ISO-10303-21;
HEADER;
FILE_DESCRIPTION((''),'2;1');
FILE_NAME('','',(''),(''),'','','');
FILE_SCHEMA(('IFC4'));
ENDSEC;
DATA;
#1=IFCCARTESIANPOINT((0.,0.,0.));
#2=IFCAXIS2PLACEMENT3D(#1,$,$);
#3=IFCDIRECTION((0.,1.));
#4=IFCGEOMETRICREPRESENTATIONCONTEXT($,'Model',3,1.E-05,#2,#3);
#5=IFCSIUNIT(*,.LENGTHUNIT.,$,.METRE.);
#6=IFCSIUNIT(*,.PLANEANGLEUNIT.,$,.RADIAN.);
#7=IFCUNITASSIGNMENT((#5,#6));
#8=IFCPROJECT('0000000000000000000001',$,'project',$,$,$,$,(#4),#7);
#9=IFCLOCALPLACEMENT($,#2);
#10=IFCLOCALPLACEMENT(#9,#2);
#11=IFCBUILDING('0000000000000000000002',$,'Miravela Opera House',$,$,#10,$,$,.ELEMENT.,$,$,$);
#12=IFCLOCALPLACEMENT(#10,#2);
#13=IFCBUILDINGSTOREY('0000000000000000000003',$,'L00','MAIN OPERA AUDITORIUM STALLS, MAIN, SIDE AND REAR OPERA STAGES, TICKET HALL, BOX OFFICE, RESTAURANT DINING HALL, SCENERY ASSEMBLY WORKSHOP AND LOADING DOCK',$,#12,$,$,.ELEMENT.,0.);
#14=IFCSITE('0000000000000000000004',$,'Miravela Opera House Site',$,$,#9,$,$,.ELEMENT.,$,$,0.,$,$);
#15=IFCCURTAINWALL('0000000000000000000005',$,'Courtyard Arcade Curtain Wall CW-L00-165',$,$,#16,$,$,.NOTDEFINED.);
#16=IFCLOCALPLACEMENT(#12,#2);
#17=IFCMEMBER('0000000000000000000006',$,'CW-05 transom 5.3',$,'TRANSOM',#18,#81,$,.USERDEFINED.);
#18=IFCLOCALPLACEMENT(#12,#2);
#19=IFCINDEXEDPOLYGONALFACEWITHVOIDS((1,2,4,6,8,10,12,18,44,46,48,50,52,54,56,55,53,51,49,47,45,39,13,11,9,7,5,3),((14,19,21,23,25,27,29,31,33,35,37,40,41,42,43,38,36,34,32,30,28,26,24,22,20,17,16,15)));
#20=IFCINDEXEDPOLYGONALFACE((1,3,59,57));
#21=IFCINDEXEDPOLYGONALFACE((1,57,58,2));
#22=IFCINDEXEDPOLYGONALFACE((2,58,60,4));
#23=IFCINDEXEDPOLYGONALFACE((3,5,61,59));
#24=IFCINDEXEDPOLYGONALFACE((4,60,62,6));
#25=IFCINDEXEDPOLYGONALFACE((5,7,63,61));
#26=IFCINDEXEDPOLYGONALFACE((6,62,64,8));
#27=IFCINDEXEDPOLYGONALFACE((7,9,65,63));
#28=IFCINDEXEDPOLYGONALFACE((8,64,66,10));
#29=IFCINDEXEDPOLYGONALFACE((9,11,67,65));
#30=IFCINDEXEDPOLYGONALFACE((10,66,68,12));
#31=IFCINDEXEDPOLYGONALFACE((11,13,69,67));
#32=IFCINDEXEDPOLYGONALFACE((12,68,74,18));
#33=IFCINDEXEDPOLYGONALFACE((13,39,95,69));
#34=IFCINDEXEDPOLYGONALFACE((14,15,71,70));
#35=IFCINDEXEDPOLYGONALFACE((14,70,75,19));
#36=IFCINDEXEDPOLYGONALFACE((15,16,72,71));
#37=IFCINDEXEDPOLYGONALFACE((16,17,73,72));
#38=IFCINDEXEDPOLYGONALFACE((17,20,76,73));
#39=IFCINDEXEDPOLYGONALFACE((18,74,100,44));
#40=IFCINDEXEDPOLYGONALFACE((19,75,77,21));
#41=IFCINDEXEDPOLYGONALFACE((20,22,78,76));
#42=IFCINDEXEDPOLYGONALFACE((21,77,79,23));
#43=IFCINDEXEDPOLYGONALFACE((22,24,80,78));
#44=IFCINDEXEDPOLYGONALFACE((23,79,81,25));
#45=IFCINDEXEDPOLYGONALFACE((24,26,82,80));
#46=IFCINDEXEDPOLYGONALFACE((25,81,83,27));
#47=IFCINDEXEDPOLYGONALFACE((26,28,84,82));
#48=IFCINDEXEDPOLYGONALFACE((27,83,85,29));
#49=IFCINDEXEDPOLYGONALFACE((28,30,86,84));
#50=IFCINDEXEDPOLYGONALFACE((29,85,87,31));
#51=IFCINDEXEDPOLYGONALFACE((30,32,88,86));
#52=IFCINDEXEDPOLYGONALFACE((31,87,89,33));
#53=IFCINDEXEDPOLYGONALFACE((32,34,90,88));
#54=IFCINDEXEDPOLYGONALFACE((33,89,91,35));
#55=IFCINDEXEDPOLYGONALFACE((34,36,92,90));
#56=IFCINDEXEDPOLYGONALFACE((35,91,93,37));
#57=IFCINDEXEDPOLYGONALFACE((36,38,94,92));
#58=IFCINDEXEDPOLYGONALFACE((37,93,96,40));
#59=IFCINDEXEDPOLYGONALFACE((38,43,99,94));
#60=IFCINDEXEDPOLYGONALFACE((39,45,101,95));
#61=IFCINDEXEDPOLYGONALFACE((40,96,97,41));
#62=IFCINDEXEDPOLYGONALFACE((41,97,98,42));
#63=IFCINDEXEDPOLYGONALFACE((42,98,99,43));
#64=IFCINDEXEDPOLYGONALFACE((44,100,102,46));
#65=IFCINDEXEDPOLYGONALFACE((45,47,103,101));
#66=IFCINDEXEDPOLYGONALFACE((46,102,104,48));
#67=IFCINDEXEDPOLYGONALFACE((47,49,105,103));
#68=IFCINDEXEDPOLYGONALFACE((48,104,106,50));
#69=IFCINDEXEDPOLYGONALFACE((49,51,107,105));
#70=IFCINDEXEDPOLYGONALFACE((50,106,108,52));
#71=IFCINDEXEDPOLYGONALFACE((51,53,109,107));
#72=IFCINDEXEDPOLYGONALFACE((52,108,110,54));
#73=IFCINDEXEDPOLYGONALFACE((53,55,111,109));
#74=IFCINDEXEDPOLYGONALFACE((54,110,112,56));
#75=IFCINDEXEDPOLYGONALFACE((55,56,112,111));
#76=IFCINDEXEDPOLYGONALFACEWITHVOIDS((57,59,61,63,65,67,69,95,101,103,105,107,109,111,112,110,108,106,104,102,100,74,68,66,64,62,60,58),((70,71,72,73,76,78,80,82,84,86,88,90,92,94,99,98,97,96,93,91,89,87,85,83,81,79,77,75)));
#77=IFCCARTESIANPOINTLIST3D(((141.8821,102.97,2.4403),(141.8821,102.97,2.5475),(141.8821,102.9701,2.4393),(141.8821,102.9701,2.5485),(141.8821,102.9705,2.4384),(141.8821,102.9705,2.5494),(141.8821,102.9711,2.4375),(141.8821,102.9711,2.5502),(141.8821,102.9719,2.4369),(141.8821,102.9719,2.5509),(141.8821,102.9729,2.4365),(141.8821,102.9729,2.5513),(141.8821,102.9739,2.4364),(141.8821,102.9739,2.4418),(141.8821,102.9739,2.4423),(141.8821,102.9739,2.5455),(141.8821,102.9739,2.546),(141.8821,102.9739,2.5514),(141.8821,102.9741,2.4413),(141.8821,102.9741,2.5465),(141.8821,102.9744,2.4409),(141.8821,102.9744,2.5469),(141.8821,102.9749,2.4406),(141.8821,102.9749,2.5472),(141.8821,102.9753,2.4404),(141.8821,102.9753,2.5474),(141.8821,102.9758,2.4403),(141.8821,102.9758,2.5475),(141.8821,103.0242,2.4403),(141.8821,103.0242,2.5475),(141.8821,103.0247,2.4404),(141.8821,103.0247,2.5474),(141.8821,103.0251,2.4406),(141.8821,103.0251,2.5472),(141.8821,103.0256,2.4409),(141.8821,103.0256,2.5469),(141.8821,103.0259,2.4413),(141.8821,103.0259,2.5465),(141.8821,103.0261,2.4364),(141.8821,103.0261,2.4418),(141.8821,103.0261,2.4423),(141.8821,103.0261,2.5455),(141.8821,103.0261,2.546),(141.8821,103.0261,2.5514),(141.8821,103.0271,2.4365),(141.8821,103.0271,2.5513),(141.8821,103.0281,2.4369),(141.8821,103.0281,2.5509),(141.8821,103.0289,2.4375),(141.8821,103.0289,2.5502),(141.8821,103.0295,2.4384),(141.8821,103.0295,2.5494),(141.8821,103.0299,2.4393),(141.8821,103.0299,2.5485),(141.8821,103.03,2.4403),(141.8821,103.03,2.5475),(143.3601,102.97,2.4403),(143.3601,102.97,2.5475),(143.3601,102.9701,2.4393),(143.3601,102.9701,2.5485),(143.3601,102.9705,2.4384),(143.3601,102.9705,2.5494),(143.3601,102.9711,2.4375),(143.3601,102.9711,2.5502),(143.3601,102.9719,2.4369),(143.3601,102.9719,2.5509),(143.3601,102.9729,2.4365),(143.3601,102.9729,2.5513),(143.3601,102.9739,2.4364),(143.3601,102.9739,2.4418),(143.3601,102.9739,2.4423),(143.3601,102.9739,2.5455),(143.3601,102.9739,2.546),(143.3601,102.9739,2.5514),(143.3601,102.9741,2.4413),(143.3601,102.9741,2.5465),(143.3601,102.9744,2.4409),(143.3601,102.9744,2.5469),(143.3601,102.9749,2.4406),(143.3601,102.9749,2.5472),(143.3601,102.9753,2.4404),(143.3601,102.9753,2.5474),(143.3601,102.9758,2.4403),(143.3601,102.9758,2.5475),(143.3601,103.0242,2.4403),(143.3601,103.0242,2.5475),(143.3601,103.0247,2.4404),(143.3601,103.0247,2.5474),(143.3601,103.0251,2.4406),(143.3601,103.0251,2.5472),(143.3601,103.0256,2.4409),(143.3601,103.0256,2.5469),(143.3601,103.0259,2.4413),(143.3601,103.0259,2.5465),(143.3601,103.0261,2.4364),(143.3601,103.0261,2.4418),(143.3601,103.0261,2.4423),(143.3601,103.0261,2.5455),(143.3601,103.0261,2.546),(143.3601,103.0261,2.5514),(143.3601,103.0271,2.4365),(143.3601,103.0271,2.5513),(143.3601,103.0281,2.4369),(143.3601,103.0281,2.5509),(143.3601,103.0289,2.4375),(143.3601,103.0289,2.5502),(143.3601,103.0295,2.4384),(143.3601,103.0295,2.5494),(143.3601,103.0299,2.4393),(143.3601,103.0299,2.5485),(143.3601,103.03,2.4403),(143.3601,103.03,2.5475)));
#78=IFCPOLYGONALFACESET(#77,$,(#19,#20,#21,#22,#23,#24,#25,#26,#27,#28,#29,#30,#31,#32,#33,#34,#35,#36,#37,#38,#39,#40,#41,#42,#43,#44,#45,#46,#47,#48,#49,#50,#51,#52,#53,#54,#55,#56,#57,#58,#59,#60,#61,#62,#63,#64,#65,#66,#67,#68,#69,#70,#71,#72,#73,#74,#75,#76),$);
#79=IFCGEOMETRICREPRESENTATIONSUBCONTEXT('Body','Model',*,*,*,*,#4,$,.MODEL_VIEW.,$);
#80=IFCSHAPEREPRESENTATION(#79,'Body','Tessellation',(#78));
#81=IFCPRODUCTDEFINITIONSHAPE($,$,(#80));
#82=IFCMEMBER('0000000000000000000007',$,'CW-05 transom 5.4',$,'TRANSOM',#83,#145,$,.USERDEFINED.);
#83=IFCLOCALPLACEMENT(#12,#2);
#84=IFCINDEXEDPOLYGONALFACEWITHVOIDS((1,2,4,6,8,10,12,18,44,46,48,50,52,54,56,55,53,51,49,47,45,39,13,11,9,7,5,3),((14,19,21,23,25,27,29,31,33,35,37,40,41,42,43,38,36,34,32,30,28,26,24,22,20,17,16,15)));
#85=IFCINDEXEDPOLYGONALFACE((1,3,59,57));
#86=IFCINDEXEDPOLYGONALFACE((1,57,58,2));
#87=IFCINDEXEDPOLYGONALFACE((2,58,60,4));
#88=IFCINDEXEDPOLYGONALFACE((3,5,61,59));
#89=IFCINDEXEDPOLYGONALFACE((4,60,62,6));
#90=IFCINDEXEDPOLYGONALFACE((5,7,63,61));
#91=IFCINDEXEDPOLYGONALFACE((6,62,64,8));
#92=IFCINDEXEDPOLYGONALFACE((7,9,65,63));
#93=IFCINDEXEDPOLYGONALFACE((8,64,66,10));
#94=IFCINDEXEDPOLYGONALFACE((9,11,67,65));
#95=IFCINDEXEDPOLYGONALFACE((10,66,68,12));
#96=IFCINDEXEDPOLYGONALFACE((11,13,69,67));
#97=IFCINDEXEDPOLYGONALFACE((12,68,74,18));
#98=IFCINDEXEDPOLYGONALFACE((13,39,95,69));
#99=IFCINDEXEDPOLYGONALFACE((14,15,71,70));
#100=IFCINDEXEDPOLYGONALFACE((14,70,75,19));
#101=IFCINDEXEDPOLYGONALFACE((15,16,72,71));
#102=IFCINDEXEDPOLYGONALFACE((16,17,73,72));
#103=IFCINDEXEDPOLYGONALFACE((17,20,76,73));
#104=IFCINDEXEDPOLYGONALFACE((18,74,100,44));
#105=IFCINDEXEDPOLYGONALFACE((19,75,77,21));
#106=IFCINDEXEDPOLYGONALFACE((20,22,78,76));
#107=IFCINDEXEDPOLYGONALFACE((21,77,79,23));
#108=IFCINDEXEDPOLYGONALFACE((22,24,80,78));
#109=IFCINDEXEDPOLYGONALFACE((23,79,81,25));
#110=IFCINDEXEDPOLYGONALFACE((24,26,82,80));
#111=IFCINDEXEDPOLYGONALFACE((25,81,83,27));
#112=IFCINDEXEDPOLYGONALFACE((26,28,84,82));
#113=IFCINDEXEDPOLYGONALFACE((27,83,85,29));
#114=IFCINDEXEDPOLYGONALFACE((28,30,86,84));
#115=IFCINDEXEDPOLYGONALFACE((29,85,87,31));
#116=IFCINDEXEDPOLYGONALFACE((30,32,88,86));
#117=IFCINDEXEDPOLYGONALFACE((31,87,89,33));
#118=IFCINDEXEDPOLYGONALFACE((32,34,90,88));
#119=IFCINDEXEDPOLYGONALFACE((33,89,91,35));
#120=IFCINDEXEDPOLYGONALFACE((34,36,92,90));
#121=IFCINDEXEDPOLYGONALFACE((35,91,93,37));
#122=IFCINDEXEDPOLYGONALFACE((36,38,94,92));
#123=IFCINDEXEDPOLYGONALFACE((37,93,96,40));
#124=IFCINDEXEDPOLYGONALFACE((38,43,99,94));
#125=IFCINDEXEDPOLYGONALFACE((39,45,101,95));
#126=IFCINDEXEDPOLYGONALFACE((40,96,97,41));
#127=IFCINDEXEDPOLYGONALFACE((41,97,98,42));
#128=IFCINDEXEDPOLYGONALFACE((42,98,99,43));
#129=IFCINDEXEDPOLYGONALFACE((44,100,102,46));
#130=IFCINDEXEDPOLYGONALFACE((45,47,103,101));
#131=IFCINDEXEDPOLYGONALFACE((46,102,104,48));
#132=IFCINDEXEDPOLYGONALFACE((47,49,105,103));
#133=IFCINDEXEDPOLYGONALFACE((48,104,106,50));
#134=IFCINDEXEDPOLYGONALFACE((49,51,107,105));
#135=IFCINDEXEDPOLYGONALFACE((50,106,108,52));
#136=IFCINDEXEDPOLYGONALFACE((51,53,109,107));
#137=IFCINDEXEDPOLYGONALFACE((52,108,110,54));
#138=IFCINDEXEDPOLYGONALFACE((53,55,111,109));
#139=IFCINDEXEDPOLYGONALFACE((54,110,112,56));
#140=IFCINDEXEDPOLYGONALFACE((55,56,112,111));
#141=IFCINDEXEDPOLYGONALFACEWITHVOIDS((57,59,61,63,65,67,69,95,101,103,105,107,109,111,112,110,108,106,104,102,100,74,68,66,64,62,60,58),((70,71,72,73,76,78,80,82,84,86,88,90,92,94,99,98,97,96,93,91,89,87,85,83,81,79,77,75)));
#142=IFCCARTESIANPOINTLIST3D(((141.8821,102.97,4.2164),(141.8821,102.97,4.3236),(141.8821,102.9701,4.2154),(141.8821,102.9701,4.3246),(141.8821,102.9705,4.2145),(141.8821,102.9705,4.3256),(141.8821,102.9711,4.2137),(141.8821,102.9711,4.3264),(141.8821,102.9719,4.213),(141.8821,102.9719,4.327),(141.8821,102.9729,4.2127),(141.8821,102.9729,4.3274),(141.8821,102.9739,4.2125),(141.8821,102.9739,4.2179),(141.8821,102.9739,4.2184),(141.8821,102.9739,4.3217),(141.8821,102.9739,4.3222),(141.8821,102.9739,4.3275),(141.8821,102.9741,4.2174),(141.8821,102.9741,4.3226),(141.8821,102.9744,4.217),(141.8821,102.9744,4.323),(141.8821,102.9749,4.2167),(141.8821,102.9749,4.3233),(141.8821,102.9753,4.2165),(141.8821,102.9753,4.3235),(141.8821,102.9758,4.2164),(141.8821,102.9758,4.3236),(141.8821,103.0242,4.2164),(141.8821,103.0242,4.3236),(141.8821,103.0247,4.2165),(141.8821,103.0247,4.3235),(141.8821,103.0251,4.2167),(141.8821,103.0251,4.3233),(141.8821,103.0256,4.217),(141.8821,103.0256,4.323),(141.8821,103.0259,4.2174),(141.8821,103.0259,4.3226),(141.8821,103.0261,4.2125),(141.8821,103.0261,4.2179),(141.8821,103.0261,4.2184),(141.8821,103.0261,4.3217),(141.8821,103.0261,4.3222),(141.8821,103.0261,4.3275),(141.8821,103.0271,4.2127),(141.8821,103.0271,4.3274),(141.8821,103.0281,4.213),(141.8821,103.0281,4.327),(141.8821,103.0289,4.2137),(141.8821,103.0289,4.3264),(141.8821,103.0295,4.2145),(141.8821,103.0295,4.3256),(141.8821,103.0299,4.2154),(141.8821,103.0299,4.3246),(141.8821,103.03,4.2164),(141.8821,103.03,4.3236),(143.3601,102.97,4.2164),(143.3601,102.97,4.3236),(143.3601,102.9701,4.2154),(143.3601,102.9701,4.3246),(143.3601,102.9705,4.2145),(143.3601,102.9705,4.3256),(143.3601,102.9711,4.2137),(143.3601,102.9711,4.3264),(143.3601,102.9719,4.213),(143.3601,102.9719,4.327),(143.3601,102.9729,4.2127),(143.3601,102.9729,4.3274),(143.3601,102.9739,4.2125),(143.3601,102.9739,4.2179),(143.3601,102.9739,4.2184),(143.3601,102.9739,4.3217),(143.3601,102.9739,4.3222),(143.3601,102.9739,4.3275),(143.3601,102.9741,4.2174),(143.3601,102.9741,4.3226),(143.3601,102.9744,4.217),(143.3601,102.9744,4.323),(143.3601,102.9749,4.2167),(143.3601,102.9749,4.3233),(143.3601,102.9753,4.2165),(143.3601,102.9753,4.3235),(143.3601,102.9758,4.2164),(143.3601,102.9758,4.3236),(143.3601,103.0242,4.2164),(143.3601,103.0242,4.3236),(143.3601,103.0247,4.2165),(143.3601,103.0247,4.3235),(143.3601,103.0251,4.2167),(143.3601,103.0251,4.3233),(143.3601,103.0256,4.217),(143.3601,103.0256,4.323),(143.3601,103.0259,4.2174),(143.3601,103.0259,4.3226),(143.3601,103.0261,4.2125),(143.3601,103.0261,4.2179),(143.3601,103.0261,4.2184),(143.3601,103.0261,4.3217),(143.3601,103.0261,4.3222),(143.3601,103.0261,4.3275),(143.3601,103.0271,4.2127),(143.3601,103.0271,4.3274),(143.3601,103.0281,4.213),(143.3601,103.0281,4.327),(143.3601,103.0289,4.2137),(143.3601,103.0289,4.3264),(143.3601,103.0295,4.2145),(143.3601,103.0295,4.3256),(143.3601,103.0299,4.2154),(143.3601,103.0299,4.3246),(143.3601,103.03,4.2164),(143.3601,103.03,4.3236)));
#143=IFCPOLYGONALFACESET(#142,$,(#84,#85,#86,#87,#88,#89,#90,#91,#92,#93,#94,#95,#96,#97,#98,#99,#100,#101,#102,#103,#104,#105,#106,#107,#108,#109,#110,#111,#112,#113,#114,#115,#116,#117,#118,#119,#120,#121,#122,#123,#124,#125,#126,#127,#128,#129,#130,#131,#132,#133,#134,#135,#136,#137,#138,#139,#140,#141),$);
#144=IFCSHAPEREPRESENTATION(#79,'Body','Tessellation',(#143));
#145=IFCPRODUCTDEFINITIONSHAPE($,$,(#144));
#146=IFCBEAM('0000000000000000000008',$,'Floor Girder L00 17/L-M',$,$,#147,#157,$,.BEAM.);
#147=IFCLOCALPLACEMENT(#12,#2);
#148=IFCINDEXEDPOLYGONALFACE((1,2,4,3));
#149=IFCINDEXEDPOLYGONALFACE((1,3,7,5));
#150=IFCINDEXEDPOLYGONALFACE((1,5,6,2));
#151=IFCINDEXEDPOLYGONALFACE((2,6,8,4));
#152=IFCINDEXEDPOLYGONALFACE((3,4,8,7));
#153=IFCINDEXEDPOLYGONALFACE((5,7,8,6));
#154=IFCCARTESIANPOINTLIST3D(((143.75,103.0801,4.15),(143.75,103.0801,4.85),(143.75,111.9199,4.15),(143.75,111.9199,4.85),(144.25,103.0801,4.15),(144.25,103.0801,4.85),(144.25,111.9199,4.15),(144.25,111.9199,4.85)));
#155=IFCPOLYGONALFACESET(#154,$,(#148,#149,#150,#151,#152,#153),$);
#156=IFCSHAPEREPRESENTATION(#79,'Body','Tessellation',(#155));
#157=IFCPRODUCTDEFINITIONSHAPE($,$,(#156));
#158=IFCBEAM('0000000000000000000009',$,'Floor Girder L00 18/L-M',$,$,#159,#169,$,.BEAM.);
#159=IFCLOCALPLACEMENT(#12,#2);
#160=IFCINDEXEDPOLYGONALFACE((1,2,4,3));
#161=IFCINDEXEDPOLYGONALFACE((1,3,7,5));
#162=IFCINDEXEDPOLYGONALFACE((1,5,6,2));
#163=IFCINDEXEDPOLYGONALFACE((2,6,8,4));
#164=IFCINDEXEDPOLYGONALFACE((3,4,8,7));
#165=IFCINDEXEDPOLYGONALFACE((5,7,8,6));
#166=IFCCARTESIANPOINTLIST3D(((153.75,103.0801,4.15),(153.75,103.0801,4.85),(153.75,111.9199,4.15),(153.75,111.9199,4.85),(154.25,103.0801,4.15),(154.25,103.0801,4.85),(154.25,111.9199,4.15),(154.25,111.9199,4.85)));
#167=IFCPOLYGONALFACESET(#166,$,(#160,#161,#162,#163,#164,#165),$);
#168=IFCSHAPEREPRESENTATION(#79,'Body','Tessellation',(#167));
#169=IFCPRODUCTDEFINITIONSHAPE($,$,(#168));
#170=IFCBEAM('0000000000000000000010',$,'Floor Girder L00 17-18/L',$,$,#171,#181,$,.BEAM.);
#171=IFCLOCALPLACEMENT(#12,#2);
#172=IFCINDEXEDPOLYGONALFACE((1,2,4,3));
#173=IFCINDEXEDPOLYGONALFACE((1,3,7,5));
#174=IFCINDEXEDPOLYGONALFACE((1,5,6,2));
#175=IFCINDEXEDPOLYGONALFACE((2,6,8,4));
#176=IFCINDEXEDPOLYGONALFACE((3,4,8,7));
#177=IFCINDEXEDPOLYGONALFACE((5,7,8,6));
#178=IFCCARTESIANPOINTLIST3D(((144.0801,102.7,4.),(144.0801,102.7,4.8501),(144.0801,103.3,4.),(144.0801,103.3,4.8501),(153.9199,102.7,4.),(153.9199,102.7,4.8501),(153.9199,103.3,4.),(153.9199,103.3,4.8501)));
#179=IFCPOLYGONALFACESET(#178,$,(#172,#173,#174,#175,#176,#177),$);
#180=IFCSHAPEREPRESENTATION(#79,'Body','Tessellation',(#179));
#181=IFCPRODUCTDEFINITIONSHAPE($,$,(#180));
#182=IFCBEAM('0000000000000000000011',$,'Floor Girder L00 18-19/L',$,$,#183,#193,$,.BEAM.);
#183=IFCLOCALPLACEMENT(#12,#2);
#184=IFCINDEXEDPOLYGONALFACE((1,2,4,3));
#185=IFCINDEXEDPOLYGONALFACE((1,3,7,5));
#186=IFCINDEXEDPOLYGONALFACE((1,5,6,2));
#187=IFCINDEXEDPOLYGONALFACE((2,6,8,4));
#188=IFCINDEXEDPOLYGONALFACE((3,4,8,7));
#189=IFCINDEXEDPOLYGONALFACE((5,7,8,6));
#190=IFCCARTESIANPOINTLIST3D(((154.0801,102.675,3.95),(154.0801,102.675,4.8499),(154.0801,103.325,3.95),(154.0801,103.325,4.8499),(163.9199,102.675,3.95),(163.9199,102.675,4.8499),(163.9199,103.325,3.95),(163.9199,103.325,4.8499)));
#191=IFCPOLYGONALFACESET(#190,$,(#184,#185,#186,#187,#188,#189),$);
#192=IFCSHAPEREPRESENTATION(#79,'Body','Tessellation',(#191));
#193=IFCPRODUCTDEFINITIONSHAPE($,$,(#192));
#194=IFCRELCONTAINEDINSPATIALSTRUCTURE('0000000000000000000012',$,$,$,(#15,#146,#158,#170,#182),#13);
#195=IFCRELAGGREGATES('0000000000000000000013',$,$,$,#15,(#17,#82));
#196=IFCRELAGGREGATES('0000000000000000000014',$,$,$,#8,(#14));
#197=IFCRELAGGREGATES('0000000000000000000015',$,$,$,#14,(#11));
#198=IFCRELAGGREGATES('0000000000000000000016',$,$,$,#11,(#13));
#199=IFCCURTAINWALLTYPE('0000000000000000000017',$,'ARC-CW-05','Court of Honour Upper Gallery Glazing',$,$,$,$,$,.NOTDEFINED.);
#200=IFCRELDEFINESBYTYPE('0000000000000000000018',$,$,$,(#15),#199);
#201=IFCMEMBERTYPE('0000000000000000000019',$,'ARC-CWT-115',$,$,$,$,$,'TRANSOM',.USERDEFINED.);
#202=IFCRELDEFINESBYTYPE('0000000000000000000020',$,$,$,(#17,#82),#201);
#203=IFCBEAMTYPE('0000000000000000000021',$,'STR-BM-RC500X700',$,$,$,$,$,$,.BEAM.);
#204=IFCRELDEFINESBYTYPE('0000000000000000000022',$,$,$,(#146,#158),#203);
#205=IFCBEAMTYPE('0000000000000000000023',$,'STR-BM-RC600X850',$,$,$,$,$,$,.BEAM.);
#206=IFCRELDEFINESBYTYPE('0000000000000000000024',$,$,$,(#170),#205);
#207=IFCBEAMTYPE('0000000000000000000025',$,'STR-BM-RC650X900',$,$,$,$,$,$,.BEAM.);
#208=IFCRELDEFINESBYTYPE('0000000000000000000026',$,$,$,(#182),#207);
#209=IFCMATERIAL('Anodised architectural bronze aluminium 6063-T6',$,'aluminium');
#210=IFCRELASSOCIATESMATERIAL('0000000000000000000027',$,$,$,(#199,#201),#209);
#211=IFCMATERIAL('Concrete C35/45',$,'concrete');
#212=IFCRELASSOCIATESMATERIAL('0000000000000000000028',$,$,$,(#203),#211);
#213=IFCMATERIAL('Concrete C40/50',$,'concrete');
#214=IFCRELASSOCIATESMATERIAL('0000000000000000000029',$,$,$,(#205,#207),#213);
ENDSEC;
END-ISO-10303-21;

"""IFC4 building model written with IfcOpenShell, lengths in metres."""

from ifc_helpers import new_model, si_unit, direction, frame, origin, origin_2d, place, context, subcontext, project, spatial, rectangle, hollow_rectangle, extrude, material, material_profile, profile_set, type_object, element, aggregate, save


model = new_model("IFC4")

# Units and contexts
model_context = context("Model", 3, precision=1e-05, world=origin(), true_north=direction((0.0, 1.0)))
body_context = subcontext(model_context, "Body", "Model", "MODEL_VIEW")
ifc_project = project(units=[si_unit("LENGTHUNIT", "METRE"), si_unit("PLANEANGLEUNIT", "RADIAN")], contexts=[model_context])

# Site, building, storey
site_placement = place(None, origin())
site = spatial("IfcSite", under=ifc_project, at=site_placement, Name="Miravela Opera House Site", CompositionType="ELEMENT", RefElevation=0.0)
building_placement = place(site_placement, origin())
building = spatial("IfcBuilding", under=site, at=building_placement, Name="Miravela Opera House", CompositionType="ELEMENT")
storey_placement = place(building_placement, origin())
storey = spatial("IfcBuildingStorey", under=building, at=storey_placement, Name="L00", Description="MAIN OPERA AUDITORIUM STALLS, MAIN, SIDE AND REAR OPERA STAGES, TICKET HALL, BOX OFFICE, RESTAURANT DINING HALL, SCENERY ASSEMBLY WORKSHOP AND LOADING DOCK", CompositionType="ELEMENT", Elevation=0.0)

# Shared definitions
ifc_material_1 = material(Name="Concrete C35/45", Category="concrete")

# Curtain wall, members
ifc_material_2 = material(Name="Anodised architectural bronze aluminium 6063-T6", Category="aluminium")
curtain_wall_type = type_object("IfcCurtainWallType", Name="ARC-CW-05", Description="Court of Honour Upper Gallery Glazing", PredefinedType="NOTDEFINED", material=ifc_material_2)
curtain_wall_placement = place(storey_placement, origin())
curtain_wall = element("IfcCurtainWall", 1, at=curtain_wall_placement, inside=storey, type_object=curtain_wall_type, Name="Courtyard Arcade Curtain Wall CW-L00-165", PredefinedType="NOTDEFINED")
ifc_material_profile_1 = material_profile(ifc_material_2, hollow_rectangle(XDim=0.0601, YDim=0.115, WallThickness=0.0039, InnerFilletRadius=0.002, OuterFilletRadius=0.0039, at=origin_2d()), Name="CWT-60X115")
ifc_profile_set_1 = profile_set([ifc_material_profile_1])
member_type_1 = type_object("IfcMemberType", Name="ARC-CWT-115", ElementType="TRANSOM", PredefinedType="USERDEFINED", material=ifc_profile_set_1)
member_1_placement = place(storey_placement, frame((141.8821, 103.0, 2.4939), z_axis=(1.0, 0.0, 0.0), x_axis=(0.0, 1.0, 0.0)))
member_1 = element("IfcMember", 2, at=member_1_placement, type_object=member_type_1, Name="CW-05 transom 5.3", ObjectType="TRANSOM", PredefinedType="USERDEFINED", context=body_context, shape_type="SweptSolid", body=[
    extrude(hollow_rectangle(XDim=0.0601, YDim=0.115, WallThickness=0.0039, InnerFilletRadius=0.002, OuterFilletRadius=0.0039, at=origin_2d()), origin(), (0.0, 0.0, 1.0), 1.478),
])
member_2_placement = place(storey_placement, frame((141.8821, 103.0, 4.27), z_axis=(1.0, 0.0, 0.0), x_axis=(0.0, 1.0, 0.0)))
member_2 = element("IfcMember", 3, at=member_2_placement, type_object=member_type_1, Name="CW-05 transom 5.4", ObjectType="TRANSOM", PredefinedType="USERDEFINED", context=body_context, shape_type="SweptSolid", body=[
    extrude(hollow_rectangle(XDim=0.0601, YDim=0.115, WallThickness=0.0039, InnerFilletRadius=0.002, OuterFilletRadius=0.0039, at=origin_2d()), origin(), (0.0, 0.0, 1.0), 1.478),
])

# Beams
ifc_material_profile_2 = material_profile(ifc_material_1, rectangle(XDim=0.5, YDim=0.7, at=origin_2d()), Name="RC-BM-500X700")
ifc_profile_set_2 = profile_set([ifc_material_profile_2])
beam_type_1 = type_object("IfcBeamType", Name="STR-BM-RC500X700", PredefinedType="BEAM", material=ifc_profile_set_2)
for number, where, z_axis, x_axis, name in (
    (4, (144.0, 103.0801, 4.5), (0.0, 1.0, 0.0), (-1.0, 0.0, 0.0), "Floor Girder L00 17/L-M"),
    (5, (154.0, 103.0801, 4.5), (0.0, 1.0, 0.0), (-1.0, 0.0, 0.0), "Floor Girder L00 18/L-M"),
):
    element("IfcBeam", number, at=place(storey_placement, frame(where, z_axis=z_axis, x_axis=x_axis)), inside=storey, type_object=beam_type_1, Name=name, PredefinedType="BEAM", context=body_context, shape_type="SweptSolid", body=[
        extrude(rectangle(XDim=0.5, YDim=0.7, at=origin_2d()), origin(), (0.0, 0.0, 1.0), 8.8398),
    ])
ifc_material_3 = material(Name="Concrete C40/50", Category="concrete")
ifc_material_profile_3 = material_profile(ifc_material_3, rectangle(XDim=0.6001, YDim=0.8501, at=origin_2d()), Name="RC-BM-600X850")
ifc_profile_set_3 = profile_set([ifc_material_profile_3])
beam_type_2 = type_object("IfcBeamType", Name="STR-BM-RC600X850", PredefinedType="BEAM", material=ifc_profile_set_3)
beam_1_placement = place(storey_placement, frame((144.0801, 103.0, 4.425), z_axis=(1.0, 0.0, 0.0), x_axis=(0.0, 1.0, 0.0)))
element("IfcBeam", 6, at=beam_1_placement, inside=storey, type_object=beam_type_2, Name="Floor Girder L00 17-18/L", PredefinedType="BEAM", context=body_context, shape_type="SweptSolid", body=[
    extrude(rectangle(XDim=0.6001, YDim=0.8501, at=origin_2d()), origin(), (0.0, 0.0, 1.0), 9.8398),
])
ifc_material_profile_4 = material_profile(ifc_material_3, rectangle(XDim=0.6499, YDim=0.8999, at=origin_2d()), Name="RC-BM-650X900")
ifc_profile_set_4 = profile_set([ifc_material_profile_4])
beam_type_3 = type_object("IfcBeamType", Name="STR-BM-RC650X900", PredefinedType="BEAM", material=ifc_profile_set_4)
beam_2_placement = place(storey_placement, frame((154.0801, 103.0, 4.3999), z_axis=(1.0, 0.0, 0.0), x_axis=(0.0, 1.0, 0.0)))
element("IfcBeam", 7, at=beam_2_placement, inside=storey, type_object=beam_type_3, Name="Floor Girder L00 18-19/L", PredefinedType="BEAM", context=body_context, shape_type="SweptSolid", body=[
    extrude(rectangle(XDim=0.6499, YDim=0.8999, at=origin_2d()), origin(), (0.0, 0.0, 1.0), 9.8398),
])

aggregate(curtain_wall, [member_1, member_2])

save(model, "model.ifc")
